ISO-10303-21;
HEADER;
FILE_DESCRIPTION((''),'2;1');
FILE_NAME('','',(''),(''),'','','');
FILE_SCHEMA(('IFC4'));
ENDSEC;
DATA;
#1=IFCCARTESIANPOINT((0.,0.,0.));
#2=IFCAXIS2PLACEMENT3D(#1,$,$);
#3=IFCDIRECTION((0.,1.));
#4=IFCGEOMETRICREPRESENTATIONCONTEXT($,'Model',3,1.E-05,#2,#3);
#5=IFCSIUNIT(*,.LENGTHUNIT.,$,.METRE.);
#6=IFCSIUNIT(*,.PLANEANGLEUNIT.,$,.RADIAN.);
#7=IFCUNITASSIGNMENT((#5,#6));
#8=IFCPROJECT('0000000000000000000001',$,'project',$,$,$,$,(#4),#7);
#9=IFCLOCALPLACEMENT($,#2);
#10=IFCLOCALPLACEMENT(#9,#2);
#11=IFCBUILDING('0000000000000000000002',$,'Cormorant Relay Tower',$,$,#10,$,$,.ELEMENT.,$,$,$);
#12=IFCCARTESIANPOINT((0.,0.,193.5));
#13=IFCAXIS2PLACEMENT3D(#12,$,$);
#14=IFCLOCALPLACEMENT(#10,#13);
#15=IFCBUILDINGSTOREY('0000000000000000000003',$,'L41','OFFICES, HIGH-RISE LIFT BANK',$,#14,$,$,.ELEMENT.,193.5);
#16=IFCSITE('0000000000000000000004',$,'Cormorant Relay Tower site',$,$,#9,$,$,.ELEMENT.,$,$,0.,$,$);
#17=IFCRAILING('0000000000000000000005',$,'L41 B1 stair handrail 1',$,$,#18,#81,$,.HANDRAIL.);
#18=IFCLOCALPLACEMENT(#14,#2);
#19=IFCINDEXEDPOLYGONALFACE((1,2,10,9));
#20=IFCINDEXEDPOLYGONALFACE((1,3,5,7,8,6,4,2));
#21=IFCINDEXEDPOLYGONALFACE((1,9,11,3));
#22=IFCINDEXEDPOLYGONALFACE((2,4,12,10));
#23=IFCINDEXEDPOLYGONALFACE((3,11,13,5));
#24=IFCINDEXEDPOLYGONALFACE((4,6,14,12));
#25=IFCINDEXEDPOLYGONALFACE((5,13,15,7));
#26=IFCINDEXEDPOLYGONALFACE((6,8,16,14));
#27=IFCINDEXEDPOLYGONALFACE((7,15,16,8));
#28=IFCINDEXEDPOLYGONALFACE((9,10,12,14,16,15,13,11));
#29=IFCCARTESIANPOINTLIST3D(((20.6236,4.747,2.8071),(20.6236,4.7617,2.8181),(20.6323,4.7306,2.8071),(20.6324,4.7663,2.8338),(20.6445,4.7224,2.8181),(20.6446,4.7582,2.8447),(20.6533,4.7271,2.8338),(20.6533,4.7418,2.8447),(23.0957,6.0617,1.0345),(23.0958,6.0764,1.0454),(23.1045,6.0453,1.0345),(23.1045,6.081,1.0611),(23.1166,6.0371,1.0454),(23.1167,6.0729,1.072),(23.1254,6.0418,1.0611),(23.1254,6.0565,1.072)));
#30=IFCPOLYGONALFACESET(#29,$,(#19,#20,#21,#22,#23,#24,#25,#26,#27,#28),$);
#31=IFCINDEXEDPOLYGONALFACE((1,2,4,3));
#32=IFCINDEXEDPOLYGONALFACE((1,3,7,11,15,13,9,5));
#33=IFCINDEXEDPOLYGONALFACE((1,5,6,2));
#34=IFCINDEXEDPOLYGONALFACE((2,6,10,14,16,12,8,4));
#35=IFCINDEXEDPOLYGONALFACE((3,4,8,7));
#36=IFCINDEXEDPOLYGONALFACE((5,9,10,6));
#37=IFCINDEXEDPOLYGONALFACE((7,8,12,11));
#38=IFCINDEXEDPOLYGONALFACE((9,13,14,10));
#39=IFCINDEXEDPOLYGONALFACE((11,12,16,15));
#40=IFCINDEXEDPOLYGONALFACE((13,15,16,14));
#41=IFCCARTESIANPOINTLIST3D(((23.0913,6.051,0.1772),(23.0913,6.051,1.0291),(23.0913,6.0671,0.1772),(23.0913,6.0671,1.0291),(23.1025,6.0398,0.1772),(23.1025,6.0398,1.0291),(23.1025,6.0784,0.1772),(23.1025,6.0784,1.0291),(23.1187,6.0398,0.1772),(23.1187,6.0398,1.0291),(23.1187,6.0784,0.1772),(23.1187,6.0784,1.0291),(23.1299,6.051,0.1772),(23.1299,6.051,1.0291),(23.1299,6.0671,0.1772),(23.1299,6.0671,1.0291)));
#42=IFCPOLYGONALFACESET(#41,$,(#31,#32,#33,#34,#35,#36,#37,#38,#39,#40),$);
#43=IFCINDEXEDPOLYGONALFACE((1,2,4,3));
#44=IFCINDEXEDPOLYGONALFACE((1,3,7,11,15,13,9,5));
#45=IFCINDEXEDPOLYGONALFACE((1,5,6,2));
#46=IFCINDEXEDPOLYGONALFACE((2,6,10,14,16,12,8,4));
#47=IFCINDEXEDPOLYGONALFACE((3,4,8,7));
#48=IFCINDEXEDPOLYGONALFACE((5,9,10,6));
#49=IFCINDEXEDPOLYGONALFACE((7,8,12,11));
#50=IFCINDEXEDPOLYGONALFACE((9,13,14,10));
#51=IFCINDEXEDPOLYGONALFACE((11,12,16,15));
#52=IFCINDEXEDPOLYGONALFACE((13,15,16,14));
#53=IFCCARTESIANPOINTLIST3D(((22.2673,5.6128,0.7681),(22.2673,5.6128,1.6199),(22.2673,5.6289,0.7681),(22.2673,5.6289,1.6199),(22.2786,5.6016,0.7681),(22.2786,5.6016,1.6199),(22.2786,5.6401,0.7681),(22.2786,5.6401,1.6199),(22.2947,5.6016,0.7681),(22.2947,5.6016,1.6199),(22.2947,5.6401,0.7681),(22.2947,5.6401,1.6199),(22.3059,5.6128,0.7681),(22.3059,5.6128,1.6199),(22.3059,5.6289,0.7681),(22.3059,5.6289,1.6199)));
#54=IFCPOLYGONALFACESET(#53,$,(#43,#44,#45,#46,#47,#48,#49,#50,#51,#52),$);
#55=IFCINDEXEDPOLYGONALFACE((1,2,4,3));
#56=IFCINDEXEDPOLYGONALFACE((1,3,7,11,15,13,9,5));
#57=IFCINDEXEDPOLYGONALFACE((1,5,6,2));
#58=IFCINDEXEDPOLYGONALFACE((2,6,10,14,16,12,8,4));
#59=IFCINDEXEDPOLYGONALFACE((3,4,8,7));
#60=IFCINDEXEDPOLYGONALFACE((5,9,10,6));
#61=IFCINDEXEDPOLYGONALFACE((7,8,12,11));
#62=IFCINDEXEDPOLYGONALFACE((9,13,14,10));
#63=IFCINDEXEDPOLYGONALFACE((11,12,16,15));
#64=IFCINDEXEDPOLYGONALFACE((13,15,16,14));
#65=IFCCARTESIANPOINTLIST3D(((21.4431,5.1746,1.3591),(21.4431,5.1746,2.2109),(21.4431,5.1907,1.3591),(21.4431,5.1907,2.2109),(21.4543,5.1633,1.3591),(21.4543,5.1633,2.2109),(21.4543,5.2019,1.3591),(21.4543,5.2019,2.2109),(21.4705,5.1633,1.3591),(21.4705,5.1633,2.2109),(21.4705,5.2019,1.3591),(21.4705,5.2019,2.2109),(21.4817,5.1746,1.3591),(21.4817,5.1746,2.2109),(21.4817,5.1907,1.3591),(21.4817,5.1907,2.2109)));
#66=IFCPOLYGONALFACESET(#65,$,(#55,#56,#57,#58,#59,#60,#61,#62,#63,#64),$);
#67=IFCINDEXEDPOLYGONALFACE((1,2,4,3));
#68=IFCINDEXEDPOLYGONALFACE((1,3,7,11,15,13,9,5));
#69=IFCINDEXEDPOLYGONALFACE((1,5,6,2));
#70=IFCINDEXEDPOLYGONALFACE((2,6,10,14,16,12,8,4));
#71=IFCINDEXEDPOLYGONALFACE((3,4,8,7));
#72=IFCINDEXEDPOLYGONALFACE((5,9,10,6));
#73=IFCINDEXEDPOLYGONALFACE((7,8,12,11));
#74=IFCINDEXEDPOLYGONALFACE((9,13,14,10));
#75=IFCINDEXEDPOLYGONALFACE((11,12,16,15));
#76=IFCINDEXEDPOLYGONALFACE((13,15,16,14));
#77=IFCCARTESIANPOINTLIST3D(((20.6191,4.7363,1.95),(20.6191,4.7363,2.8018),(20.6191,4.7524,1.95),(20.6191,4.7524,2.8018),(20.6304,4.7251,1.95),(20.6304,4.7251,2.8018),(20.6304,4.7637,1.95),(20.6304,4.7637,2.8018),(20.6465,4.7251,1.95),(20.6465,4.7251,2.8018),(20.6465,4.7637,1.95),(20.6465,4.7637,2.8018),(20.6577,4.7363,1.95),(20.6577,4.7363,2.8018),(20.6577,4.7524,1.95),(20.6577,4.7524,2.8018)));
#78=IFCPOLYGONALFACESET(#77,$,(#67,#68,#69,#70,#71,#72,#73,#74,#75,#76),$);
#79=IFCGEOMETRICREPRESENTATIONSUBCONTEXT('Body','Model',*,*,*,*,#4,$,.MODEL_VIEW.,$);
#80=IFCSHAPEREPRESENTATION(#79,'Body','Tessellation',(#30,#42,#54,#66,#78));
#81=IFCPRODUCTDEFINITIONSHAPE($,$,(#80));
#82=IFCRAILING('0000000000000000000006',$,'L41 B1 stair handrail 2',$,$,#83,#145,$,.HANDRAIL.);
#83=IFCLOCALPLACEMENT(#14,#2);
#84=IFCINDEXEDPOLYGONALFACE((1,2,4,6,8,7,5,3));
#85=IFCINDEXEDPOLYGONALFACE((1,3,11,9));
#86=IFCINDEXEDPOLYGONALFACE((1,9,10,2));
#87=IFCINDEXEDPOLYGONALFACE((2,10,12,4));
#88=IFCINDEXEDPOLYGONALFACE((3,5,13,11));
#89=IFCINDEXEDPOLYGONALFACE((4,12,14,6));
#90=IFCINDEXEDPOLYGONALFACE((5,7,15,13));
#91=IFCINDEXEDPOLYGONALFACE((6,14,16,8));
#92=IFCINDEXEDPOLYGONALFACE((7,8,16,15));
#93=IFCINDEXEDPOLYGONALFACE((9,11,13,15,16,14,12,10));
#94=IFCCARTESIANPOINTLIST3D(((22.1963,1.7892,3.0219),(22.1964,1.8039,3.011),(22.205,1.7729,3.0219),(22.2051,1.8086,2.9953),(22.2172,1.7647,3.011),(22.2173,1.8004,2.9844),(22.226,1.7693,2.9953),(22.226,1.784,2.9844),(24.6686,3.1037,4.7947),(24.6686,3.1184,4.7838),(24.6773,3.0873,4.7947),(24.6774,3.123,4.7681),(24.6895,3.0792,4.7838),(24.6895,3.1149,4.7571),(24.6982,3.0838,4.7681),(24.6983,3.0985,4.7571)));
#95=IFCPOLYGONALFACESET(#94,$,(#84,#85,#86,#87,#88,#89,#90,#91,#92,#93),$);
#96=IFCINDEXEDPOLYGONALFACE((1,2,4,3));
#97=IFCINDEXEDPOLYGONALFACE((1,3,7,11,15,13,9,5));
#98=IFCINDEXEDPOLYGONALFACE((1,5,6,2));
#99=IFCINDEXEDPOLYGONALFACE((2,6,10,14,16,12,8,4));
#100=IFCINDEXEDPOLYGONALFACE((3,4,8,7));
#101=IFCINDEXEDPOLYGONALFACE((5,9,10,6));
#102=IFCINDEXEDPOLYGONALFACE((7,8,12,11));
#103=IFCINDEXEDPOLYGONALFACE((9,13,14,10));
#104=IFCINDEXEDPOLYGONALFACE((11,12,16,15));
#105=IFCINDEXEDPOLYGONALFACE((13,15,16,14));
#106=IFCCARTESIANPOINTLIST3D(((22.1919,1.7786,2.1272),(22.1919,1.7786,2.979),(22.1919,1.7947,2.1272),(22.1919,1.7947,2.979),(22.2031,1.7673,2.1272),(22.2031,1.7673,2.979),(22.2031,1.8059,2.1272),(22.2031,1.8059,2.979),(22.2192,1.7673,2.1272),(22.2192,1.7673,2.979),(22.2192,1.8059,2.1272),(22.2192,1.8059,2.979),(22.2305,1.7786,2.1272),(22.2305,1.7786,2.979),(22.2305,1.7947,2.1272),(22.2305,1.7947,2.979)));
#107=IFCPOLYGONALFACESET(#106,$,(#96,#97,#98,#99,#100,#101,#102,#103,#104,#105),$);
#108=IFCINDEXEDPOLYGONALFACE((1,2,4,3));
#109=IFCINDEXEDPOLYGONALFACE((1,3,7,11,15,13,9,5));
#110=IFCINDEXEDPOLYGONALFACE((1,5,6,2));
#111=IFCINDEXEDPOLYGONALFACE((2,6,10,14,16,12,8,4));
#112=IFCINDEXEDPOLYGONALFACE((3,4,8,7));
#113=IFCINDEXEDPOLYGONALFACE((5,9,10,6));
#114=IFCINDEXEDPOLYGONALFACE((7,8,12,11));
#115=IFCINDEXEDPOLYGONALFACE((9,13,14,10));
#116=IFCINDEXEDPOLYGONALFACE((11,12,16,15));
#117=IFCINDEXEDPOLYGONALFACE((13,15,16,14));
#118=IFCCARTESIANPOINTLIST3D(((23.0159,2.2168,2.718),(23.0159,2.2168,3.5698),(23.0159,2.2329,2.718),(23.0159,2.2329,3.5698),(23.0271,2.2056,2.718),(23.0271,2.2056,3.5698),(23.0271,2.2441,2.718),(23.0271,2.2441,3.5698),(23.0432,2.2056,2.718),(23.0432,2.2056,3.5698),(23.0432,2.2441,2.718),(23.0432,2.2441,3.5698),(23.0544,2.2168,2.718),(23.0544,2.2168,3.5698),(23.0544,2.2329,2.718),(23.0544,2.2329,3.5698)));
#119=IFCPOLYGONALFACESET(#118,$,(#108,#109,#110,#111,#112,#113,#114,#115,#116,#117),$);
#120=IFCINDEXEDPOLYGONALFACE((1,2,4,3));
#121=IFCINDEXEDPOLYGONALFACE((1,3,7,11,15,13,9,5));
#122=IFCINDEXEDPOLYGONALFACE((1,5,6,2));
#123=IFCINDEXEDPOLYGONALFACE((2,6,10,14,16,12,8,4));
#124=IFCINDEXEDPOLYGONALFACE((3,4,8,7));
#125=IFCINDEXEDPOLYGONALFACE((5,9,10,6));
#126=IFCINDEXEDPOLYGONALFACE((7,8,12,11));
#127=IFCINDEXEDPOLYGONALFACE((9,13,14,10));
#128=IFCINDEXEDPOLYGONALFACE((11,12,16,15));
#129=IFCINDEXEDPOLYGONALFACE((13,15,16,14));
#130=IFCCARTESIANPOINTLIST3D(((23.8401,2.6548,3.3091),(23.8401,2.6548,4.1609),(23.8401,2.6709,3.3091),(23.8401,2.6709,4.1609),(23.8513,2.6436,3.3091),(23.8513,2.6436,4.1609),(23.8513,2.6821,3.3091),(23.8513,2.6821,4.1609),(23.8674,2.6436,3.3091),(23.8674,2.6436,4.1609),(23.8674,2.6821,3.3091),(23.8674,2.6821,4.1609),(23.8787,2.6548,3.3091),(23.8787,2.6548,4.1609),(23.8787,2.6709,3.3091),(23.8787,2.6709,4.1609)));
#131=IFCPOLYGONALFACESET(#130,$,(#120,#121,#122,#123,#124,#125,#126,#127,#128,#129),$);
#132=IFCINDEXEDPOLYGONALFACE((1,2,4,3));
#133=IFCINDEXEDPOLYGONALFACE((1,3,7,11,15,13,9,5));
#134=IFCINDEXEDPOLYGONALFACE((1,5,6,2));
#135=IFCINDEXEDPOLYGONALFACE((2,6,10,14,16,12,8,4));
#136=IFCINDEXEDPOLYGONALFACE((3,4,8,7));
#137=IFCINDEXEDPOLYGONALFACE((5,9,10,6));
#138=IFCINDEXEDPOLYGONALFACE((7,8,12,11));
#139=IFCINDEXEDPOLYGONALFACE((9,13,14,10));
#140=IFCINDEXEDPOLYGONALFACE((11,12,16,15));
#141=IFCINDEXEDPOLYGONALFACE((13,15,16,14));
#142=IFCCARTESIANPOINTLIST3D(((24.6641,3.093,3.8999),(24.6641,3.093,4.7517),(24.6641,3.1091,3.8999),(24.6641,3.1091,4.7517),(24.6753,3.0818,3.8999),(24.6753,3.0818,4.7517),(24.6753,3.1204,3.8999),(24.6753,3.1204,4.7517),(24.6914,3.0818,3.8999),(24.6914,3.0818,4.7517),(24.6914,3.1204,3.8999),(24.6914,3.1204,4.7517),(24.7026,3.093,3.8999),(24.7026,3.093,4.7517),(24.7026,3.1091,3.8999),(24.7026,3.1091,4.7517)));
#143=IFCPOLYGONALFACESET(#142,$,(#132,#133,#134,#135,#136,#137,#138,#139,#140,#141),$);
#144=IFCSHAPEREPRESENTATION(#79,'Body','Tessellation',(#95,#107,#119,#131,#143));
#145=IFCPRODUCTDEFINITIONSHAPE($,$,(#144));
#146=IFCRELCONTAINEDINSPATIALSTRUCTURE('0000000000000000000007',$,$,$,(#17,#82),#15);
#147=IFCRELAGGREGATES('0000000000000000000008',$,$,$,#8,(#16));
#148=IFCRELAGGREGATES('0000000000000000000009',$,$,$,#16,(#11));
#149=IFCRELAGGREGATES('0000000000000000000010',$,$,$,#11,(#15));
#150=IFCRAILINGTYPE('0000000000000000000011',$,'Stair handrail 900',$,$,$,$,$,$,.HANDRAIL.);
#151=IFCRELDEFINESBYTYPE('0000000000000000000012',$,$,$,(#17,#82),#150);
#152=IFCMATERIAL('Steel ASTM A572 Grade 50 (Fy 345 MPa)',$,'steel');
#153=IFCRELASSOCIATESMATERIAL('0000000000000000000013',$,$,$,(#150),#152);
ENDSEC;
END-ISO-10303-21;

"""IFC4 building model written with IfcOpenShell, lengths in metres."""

from ifc_helpers import new_model, si_unit, direction, frame, origin, place, context, subcontext, project, spatial, polyline, outline, extrude, material, type_object, element, save


model = new_model("IFC4")

# Units and contexts
model_context = context("Model", 3, precision=1e-05, world=origin(), true_north=direction((0.0, 1.0)))
body_context = subcontext(model_context, "Body", "Model", "MODEL_VIEW")
ifc_project = project(units=[si_unit("LENGTHUNIT", "METRE"), si_unit("PLANEANGLEUNIT", "RADIAN")], contexts=[model_context])

# Site, building, storey
site_placement = place(None, origin())
site = spatial("IfcSite", under=ifc_project, at=site_placement, Name="Cormorant Relay Tower site", CompositionType="ELEMENT", RefElevation=0.0)
building_placement = place(site_placement, origin())
building = spatial("IfcBuilding", under=site, at=building_placement, Name="Cormorant Relay Tower", CompositionType="ELEMENT")
storey_placement = place(building_placement, frame((0.0, 0.0, 193.5)))
storey = spatial("IfcBuildingStorey", under=building, at=storey_placement, Name="L41", Description="OFFICES, HIGH-RISE LIFT BANK", CompositionType="ELEMENT", Elevation=193.5)

# Railings
ifc_material_1 = material(Name="Steel ASTM A572 Grade 50 (Fy 345 MPa)", Category="steel")
railing_type_1 = type_object("IfcRailingType", Name="Stair handrail 900", PredefinedType="HANDRAIL", material=ifc_material_1)
railing_1_placement = place(storey_placement, frame((23.1106, 6.0591, 0.1772)))
element("IfcRailing", 1, at=railing_1_placement, inside=storey, type_object=railing_type_1, Name="L41 B1 stair handrail 1", PredefinedType="HANDRAIL", context=body_context, shape_type="SweptSolid", body=[
    extrude(outline(polyline([(0.0222, 0.0093), (0.0093, 0.0222), (-0.0093, 0.0222), (-0.0222, 0.0093), (-0.0222, -0.0093), (-0.0093, -0.0222), (0.0093, -0.0222), (0.0222, -0.0093), (0.0222, 0.0093)])), frame((0.0, 0.0, 0.876), z_axis=(-0.745979, -0.396711, 0.534916), x_axis=(0.469533, -0.882915, 0.0)), (0.0, 0.0, 1.0), 3.314),
    extrude(outline(polyline([(0.0193, 0.0081), (0.0081, 0.0193), (-0.0081, 0.0193), (-0.0193, 0.0081), (-0.0193, -0.0081), (-0.0081, -0.0193), (0.0081, -0.0193), (0.0193, -0.0081), (0.0193, 0.0081)])), origin(), (0.0, 0.0, 1.0), 0.8518),
    extrude(outline(polyline([(0.0193, 0.0081), (0.0081, 0.0193), (-0.0081, 0.0193), (-0.0193, 0.0081), (-0.0193, -0.0081), (-0.0081, -0.0193), (0.0081, -0.0193), (0.0193, -0.0081), (0.0193, 0.0081)])), frame((-0.824, -0.4382, 0.5908)), (0.0, 0.0, 1.0), 0.8518),
    extrude(outline(polyline([(0.0193, 0.0081), (0.0081, 0.0193), (-0.0081, 0.0193), (-0.0193, 0.0081), (-0.0193, -0.0081), (-0.0081, -0.0193), (0.0081, -0.0193), (0.0193, -0.0081), (0.0193, 0.0081)])), frame((-1.6482, -0.8765, 1.1819)), (0.0, 0.0, 1.0), 0.8518),
    extrude(outline(polyline([(0.0193, 0.0081), (0.0081, 0.0193), (-0.0081, 0.0193), (-0.0193, 0.0081), (-0.0193, -0.0081), (-0.0081, -0.0193), (0.0081, -0.0193), (0.0193, -0.0081), (0.0193, 0.0081)])), frame((-2.4722, -1.3147, 1.7727)), (0.0, 0.0, 1.0), 0.8518),
])
railing_2_placement = place(storey_placement, frame((22.2112, 1.7866, 2.1272)))
element("IfcRailing", 2, at=railing_2_placement, inside=storey, type_object=railing_type_1, Name="L41 B1 stair handrail 2", PredefinedType="HANDRAIL", context=body_context, shape_type="SweptSolid", body=[
    extrude(outline(polyline([(0.0222, 0.0093), (0.0093, 0.0222), (-0.0093, 0.0222), (-0.0222, 0.0093), (-0.0222, -0.0093), (-0.0093, -0.0222), (0.0093, -0.0222), (0.0222, -0.0093), (0.0222, 0.0093)])), frame((0.0, 0.0, 0.876), z_axis=(0.746001, 0.396649, 0.534931), x_axis=(-0.469465, 0.882951, 0.0)), (0.0, 0.0, 1.0), 3.314),
    extrude(outline(polyline([(0.0193, 0.0081), (0.0081, 0.0193), (-0.0081, 0.0193), (-0.0193, 0.0081), (-0.0193, -0.0081), (-0.0081, -0.0193), (0.0081, -0.0193), (0.0193, -0.0081), (0.0193, 0.0081)])), origin(), (0.0, 0.0, 1.0), 0.8518),
    extrude(outline(polyline([(0.0193, 0.0081), (0.0081, 0.0193), (-0.0081, 0.0193), (-0.0193, 0.0081), (-0.0193, -0.0081), (-0.0081, -0.0193), (0.0081, -0.0193), (0.0193, -0.0081), (0.0193, 0.0081)])), frame((0.824, 0.4382, 0.5908)), (0.0, 0.0, 1.0), 0.8518),
    extrude(outline(polyline([(0.0193, 0.0081), (0.0081, 0.0193), (-0.0081, 0.0193), (-0.0193, 0.0081), (-0.0193, -0.0081), (-0.0081, -0.0193), (0.0081, -0.0193), (0.0193, -0.0081), (0.0193, 0.0081)])), frame((1.6482, 0.8762, 1.1819)), (0.0, 0.0, 1.0), 0.8518),
    extrude(outline(polyline([(0.0193, 0.0081), (0.0081, 0.0193), (-0.0081, 0.0193), (-0.0193, 0.0081), (-0.0193, -0.0081), (-0.0081, -0.0193), (0.0081, -0.0193), (0.0193, -0.0081), (0.0193, 0.0081)])), frame((2.4722, 1.3145, 1.7727)), (0.0, 0.0, 1.0), 0.8518),
])

save(model, "model.ifc")
